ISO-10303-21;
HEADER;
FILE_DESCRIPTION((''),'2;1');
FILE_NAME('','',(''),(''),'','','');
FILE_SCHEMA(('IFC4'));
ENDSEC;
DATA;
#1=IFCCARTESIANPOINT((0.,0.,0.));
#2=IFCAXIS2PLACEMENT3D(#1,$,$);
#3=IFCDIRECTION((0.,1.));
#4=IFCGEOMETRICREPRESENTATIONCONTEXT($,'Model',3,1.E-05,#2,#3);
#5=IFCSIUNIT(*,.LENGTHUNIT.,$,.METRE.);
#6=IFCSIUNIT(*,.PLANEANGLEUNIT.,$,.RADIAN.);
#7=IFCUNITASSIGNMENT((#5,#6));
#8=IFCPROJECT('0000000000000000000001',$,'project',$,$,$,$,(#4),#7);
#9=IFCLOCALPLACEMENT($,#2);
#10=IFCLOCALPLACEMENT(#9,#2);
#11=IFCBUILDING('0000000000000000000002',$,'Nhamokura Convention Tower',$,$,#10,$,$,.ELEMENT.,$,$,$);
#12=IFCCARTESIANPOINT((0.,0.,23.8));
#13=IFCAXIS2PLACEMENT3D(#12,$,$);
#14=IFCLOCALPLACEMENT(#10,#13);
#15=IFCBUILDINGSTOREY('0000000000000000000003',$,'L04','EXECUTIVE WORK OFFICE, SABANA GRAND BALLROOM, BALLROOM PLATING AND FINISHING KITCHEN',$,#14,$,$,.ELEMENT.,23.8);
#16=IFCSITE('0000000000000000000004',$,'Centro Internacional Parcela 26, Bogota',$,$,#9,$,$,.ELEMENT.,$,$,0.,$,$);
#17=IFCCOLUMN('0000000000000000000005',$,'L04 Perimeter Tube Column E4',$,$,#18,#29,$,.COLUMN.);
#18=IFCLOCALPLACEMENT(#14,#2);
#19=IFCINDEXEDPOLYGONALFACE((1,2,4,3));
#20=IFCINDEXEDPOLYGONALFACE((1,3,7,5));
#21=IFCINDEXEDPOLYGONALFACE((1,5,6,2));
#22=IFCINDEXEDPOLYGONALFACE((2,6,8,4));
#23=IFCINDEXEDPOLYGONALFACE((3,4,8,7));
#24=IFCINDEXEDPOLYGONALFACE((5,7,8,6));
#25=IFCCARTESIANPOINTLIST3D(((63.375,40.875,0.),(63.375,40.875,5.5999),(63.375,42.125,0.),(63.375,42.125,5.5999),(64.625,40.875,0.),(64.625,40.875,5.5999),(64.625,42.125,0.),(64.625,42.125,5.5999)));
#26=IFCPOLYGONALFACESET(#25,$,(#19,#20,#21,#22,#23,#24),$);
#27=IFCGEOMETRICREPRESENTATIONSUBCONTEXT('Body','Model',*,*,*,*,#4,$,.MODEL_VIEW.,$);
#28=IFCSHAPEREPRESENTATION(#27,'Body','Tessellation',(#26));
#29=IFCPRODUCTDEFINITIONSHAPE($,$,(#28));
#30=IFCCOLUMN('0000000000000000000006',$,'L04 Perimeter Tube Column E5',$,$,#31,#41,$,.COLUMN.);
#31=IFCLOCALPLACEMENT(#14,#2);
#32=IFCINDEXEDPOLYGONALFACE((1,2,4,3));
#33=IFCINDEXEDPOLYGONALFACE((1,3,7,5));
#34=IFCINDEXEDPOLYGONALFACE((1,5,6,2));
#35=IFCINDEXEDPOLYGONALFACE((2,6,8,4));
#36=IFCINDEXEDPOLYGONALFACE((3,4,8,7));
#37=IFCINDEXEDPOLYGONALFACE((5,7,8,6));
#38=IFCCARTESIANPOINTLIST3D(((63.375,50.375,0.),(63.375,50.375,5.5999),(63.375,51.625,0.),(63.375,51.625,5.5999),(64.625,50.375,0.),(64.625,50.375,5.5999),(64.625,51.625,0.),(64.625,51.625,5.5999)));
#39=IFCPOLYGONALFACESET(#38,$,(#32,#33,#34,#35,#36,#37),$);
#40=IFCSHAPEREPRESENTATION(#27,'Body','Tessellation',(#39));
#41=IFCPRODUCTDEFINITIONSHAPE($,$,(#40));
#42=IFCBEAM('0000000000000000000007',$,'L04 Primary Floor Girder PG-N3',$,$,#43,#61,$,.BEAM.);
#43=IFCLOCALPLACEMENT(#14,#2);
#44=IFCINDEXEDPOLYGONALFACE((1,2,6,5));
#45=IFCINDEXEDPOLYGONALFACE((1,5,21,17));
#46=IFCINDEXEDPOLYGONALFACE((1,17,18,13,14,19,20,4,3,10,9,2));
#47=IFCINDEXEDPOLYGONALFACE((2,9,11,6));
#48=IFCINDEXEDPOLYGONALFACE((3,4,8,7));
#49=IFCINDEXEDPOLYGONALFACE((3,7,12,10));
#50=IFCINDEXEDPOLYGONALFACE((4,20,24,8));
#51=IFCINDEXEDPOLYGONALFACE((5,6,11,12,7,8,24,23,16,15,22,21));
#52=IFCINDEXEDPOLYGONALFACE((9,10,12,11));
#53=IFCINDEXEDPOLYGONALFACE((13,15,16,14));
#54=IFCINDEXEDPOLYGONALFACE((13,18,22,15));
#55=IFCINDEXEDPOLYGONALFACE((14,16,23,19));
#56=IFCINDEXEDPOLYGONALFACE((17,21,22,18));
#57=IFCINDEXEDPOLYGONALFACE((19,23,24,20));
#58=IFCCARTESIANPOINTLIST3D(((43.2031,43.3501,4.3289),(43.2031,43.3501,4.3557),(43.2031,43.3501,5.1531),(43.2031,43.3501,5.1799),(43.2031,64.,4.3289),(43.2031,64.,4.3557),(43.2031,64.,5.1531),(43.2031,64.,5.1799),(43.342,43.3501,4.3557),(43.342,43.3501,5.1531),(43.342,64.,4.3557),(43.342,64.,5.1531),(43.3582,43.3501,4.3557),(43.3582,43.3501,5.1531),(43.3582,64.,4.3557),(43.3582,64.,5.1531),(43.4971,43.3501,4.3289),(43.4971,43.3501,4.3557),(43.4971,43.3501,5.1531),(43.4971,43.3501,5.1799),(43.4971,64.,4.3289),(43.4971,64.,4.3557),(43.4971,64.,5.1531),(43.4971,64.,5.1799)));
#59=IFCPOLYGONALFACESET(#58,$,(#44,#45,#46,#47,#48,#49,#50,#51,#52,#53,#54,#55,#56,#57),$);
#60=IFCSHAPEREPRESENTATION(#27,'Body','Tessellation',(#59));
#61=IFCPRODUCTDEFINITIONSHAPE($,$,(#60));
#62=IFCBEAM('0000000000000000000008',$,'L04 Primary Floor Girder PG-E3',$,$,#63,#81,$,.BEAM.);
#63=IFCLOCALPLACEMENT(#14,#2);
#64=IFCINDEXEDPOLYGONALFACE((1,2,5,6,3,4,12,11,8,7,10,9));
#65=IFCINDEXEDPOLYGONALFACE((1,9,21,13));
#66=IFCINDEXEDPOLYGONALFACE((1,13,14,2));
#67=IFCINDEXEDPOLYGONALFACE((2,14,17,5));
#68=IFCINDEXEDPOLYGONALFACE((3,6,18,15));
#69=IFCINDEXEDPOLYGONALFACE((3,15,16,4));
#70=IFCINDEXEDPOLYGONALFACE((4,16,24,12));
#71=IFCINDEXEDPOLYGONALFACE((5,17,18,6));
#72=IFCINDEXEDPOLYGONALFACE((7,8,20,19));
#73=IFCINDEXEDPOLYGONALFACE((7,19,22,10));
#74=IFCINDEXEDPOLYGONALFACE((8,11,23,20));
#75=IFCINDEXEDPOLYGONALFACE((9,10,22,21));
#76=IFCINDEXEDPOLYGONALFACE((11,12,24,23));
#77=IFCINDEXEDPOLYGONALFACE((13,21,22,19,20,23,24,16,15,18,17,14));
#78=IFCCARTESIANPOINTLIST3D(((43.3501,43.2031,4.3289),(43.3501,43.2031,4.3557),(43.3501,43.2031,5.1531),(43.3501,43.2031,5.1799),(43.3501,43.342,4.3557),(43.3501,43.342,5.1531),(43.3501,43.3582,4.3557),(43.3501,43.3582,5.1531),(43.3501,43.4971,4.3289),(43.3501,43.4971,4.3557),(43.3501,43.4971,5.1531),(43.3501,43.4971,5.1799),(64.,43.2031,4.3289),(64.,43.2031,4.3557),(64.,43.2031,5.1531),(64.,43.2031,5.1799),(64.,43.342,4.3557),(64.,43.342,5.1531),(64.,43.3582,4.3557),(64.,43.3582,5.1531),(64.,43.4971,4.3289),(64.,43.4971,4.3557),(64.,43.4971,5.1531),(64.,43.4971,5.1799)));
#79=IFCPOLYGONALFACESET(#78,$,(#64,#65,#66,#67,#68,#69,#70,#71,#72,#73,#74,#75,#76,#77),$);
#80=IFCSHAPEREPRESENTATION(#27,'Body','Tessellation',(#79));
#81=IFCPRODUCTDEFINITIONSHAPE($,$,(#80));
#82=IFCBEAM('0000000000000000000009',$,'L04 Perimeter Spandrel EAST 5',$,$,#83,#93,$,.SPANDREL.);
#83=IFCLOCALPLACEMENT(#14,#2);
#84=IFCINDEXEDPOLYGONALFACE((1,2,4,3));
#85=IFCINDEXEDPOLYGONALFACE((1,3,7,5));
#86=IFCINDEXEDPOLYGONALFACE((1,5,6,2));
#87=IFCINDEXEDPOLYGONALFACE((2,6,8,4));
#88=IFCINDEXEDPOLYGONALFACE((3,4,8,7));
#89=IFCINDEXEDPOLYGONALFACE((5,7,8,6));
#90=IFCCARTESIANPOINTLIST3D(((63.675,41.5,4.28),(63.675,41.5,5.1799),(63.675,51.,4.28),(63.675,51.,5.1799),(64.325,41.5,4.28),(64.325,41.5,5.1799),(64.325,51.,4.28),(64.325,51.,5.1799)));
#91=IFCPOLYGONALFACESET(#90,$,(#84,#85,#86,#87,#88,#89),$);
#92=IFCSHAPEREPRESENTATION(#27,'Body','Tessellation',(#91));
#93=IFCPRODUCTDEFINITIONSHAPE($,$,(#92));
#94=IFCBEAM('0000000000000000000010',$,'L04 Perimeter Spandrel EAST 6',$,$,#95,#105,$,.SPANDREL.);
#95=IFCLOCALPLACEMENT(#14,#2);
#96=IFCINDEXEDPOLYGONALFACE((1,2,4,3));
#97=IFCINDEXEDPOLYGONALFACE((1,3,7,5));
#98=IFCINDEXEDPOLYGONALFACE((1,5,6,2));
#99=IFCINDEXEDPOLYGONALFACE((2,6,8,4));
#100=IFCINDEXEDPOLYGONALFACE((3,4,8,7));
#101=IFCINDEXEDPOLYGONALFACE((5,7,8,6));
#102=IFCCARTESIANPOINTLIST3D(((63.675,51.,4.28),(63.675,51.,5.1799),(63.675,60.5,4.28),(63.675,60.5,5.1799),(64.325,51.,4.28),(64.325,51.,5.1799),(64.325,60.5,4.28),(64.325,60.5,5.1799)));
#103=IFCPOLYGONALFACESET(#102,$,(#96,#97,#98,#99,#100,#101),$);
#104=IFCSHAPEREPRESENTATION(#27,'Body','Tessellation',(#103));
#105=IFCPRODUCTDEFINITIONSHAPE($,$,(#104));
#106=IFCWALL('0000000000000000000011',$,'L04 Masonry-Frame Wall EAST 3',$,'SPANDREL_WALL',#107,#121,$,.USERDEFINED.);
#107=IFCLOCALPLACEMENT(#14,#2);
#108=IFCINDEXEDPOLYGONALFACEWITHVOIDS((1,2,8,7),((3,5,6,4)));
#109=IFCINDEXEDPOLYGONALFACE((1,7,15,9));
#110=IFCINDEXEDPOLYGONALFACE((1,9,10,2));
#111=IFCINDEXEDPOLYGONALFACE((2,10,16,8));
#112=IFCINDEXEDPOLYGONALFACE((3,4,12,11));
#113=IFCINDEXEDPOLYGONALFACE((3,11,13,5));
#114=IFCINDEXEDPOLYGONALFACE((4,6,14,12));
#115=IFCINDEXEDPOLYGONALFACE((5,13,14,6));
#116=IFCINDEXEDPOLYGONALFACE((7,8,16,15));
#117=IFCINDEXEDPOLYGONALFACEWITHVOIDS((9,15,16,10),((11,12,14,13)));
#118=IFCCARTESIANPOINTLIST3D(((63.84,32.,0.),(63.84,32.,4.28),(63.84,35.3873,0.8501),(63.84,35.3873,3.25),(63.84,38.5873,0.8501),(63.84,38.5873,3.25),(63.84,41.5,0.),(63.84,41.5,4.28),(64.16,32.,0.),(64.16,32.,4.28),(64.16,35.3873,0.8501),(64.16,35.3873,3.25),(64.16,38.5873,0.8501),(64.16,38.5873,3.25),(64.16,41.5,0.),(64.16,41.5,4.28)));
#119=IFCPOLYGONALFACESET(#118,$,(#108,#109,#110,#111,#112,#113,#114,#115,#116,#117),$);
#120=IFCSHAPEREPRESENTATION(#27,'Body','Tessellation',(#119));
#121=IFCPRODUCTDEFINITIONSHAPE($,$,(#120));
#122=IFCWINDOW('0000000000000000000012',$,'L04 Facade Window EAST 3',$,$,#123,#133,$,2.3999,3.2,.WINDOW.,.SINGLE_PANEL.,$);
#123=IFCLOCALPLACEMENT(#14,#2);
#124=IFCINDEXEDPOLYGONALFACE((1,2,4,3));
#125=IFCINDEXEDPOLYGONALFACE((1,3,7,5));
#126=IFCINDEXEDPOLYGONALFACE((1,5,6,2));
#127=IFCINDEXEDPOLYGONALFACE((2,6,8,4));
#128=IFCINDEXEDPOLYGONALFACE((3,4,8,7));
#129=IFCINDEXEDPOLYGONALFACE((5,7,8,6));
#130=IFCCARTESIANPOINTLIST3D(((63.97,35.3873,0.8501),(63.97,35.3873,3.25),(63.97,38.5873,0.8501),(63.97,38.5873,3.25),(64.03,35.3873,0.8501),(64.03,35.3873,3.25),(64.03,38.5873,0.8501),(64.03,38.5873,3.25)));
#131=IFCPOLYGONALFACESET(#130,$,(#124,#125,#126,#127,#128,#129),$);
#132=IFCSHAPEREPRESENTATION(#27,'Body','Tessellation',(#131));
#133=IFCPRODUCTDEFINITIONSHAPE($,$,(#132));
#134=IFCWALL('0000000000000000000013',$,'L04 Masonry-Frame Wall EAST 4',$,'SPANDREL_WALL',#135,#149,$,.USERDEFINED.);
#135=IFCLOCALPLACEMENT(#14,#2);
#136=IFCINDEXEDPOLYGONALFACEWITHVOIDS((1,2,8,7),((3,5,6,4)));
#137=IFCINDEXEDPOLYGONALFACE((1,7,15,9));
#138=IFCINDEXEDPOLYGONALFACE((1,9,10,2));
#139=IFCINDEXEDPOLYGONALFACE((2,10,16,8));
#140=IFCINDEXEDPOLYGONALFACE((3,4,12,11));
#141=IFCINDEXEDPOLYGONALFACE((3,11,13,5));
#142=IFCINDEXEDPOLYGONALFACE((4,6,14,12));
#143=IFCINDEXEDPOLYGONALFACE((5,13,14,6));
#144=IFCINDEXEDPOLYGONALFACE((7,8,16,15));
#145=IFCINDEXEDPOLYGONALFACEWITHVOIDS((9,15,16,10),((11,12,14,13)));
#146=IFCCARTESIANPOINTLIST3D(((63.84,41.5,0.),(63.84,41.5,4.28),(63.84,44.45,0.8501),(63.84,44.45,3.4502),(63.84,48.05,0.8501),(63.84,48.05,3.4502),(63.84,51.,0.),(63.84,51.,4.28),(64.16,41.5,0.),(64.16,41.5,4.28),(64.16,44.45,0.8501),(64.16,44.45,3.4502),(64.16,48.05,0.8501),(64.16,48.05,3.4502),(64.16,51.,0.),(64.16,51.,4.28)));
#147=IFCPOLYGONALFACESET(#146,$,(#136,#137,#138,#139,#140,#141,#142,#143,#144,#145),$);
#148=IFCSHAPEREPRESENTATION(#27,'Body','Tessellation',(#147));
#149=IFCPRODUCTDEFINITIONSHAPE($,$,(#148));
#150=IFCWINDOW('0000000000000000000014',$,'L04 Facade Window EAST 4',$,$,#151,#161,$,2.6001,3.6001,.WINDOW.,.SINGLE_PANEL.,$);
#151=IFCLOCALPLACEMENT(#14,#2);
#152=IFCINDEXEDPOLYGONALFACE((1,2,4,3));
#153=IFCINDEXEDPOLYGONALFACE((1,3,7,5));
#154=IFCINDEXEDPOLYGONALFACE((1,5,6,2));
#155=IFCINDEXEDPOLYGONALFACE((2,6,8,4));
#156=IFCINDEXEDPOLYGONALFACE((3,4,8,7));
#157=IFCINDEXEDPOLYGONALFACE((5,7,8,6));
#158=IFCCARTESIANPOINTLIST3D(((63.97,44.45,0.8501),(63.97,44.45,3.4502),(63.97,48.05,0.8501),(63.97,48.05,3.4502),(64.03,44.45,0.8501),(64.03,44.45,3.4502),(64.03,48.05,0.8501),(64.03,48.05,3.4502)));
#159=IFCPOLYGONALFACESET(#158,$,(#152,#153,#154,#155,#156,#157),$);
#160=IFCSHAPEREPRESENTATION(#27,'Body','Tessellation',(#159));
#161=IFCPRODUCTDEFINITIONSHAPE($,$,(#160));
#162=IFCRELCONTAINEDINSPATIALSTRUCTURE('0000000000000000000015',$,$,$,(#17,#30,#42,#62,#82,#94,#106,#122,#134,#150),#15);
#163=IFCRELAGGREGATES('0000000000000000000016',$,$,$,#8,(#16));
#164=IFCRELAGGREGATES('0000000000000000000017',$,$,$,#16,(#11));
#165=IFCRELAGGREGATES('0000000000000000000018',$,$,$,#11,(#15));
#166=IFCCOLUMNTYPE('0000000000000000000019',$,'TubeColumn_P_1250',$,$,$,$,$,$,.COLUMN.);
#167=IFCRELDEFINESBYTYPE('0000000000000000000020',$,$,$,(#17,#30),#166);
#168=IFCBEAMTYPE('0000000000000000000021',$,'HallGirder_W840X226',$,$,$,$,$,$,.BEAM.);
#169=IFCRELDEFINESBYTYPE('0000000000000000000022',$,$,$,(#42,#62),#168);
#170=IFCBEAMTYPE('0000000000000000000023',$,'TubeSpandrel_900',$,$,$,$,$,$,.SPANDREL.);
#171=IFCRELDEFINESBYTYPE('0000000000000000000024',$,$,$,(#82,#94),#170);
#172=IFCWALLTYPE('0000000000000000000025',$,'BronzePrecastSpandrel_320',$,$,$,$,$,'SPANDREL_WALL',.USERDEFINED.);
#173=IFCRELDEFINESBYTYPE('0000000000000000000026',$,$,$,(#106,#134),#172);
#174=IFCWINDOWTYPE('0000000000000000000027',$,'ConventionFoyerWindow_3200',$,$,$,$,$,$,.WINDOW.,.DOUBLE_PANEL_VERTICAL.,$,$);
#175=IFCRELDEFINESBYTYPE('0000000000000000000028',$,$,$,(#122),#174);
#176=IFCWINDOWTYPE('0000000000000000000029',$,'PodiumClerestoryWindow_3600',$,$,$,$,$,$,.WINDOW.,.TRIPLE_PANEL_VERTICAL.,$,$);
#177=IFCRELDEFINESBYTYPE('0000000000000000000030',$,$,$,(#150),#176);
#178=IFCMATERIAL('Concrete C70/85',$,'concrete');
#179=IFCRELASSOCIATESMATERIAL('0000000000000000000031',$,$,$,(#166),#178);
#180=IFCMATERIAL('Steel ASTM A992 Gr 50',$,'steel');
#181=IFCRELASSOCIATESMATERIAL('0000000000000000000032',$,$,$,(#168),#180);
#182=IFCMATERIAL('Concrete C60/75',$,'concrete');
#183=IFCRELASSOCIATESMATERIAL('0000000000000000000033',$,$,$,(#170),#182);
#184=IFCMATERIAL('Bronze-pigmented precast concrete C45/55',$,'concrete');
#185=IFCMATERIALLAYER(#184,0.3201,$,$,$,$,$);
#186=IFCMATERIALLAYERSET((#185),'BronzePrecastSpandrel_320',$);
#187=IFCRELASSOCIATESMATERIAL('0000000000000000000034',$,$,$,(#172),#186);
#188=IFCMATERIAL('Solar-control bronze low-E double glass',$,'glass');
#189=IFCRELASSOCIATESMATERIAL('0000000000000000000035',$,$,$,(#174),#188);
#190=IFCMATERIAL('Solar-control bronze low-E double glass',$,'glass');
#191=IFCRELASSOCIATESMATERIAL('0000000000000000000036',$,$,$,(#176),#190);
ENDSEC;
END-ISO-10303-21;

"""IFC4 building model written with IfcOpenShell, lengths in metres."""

from ifc_helpers import new_model, si_unit, direction, frame, frame_2d, origin, origin_2d, place, context, subcontext, project, spatial, rectangle, i_section, extrude, material, layer, layer_set, material_profile, profile_set, type_object, element, fill, save


model = new_model("IFC4")

# Units and contexts
model_context = context("Model", 3, precision=1e-05, world=origin(), true_north=direction((0.0, 1.0)))
body_context = subcontext(model_context, "Body", "Model", "MODEL_VIEW")
ifc_project = project(units=[si_unit("LENGTHUNIT", "METRE"), si_unit("PLANEANGLEUNIT", "RADIAN")], contexts=[model_context])

# Site, building, storey
site_placement = place(None, origin())
site = spatial("IfcSite", under=ifc_project, at=site_placement, Name="Centro Internacional Parcela 26, Bogota", CompositionType="ELEMENT", RefElevation=0.0)
building_placement = place(site_placement, origin())
building = spatial("IfcBuilding", under=site, at=building_placement, Name="Nhamokura Convention Tower", CompositionType="ELEMENT")
storey_placement = place(building_placement, frame((0.0, 0.0, 23.8)))
storey = spatial("IfcBuildingStorey", under=building, at=storey_placement, Name="L04", Description="EXECUTIVE WORK OFFICE, SABANA GRAND BALLROOM, BALLROOM PLATING AND FINISHING KITCHEN", CompositionType="ELEMENT", Elevation=23.8)

# Columns
ifc_material_1 = material(Name="Concrete C70/85", Category="concrete")
ifc_material_profile_1 = material_profile(ifc_material_1, rectangle(XDim=1.25, YDim=1.25, at=origin_2d()))
ifc_profile_set_1 = profile_set([ifc_material_profile_1], Name="Concrete C70/85")
column_type = type_object("IfcColumnType", Name="TubeColumn_P_1250", PredefinedType="COLUMN", material=ifc_profile_set_1)
for number, where, z_axis, x_axis, name in (
    (1, (64.0, 41.5, 0.0), (0.0, 0.0, 1.0), (1.0, 0.0, 0.0), "L04 Perimeter Tube Column E4"),
    (2, (64.0, 51.0, 0.0), (0.0, 0.0, 1.0), (1.0, 0.0, 0.0), "L04 Perimeter Tube Column E5"),
):
    element("IfcColumn", number, at=place(storey_placement, frame(where, z_axis=z_axis, x_axis=x_axis)), inside=storey, type_object=column_type, Name=name, PredefinedType="COLUMN", context=body_context, shape_type="SweptSolid", body=[
        extrude(rectangle(XDim=1.25, YDim=1.25, at=origin_2d()), origin(), (0.0, 0.0, 1.0), 5.5999),
    ])

# Beams
ifc_material_2 = material(Name="Steel ASTM A992 Gr 50", Category="steel")
ifc_material_profile_2 = material_profile(ifc_material_2, i_section(OverallWidth=0.2939, OverallDepth=0.8511, WebThickness=0.0161, FlangeThickness=0.0269, at=origin_2d()))
ifc_profile_set_2 = profile_set([ifc_material_profile_2], Name="Steel ASTM A992 Gr 50")
beam_type_1 = type_object("IfcBeamType", Name="HallGirder_W840X226", PredefinedType="BEAM", material=ifc_profile_set_2)
for number, where, z_axis, x_axis, name in (
    (3, (43.3501, 43.3501, 4.7544), (0.0, 1.0, 0.0), (-1.0, 0.0, 0.0), "L04 Primary Floor Girder PG-N3"),
    (4, (43.3501, 43.3501, 4.7544), (1.0, 0.0, 0.0), (0.0, 1.0, 0.0), "L04 Primary Floor Girder PG-E3"),
):
    element("IfcBeam", number, at=place(storey_placement, frame(where, z_axis=z_axis, x_axis=x_axis)), inside=storey, type_object=beam_type_1, Name=name, PredefinedType="BEAM", context=body_context, shape_type="SweptSolid", body=[
        extrude(i_section(OverallWidth=0.2939, OverallDepth=0.8511, WebThickness=0.0161, FlangeThickness=0.0269, at=origin_2d()), origin(), (0.0, 0.0, 1.0), 20.6499),
    ])
ifc_material_3 = material(Name="Concrete C60/75", Category="concrete")
ifc_material_profile_3 = material_profile(ifc_material_3, rectangle(XDim=0.6499, YDim=0.8999, at=origin_2d()))
ifc_profile_set_3 = profile_set([ifc_material_profile_3], Name="Concrete C60/75")
beam_type_2 = type_object("IfcBeamType", Name="TubeSpandrel_900", PredefinedType="SPANDREL", material=ifc_profile_set_3)
for number, where, z_axis, x_axis, name in (
    (5, (64.0, 41.5, 4.73), (0.0, 1.0, 0.0), (-1.0, 0.0, 0.0), "L04 Perimeter Spandrel EAST 5"),
    (6, (64.0, 51.0, 4.73), (0.0, 1.0, 0.0), (-1.0, 0.0, 0.0), "L04 Perimeter Spandrel EAST 6"),
):
    element("IfcBeam", number, at=place(storey_placement, frame(where, z_axis=z_axis, x_axis=x_axis)), inside=storey, type_object=beam_type_2, Name=name, PredefinedType="SPANDREL", context=body_context, shape_type="SweptSolid", body=[
        extrude(rectangle(XDim=0.6499, YDim=0.8999, at=origin_2d()), origin(), (0.0, 0.0, 1.0), 9.5),
    ])

# Walls, openings, windows
ifc_material_4 = material(Name="Bronze-pigmented precast concrete C45/55", Category="concrete")
ifc_layer_1 = layer(ifc_material_4, 0.3201)
ifc_layer_set_1 = layer_set([ifc_layer_1], Name="BronzePrecastSpandrel_320")
wall_type_1 = type_object("IfcWallType", Name="BronzePrecastSpandrel_320", ElementType="SPANDREL_WALL", PredefinedType="USERDEFINED", material=ifc_layer_set_1)
wall_1_placement = place(storey_placement, frame((64.0, 41.5, 0.0), z_axis=(0.0, 0.0, 1.0), x_axis=(0.0, -1.0, 0.0)))
wall_1 = element("IfcWall", 7, at=wall_1_placement, inside=storey, type_object=wall_type_1, Name="L04 Masonry-Frame Wall EAST 3", ObjectType="SPANDREL_WALL", PredefinedType="USERDEFINED", context=body_context, shape_type="SweptSolid", body=[
    extrude(rectangle(XDim=9.5, YDim=0.3201, at=frame_2d((4.75, 0.0))), origin(), (0.0, 0.0, 1.0), 4.28),
])
opening_1_placement = place(wall_1_placement, frame((2.9126, 0.0, 0.8501)))
opening_1 = element("IfcOpeningElement", 8, at=opening_1_placement, cuts=wall_1, PredefinedType="OPENING", context=body_context, shape_type="SweptSolid", body=[
    extrude(rectangle(XDim=3.2, YDim=2.3999, at=frame_2d((1.6001, 1.2))), frame((0.0, 0.1699, 0.0), z_axis=(0.0, -1.0, 0.0), x_axis=(1.0, 0.0, 0.0)), (0.0, 0.0, 1.0), 0.3401),
])
ifc_material_5 = material(Name="Solar-control bronze low-E double glass", Category="glass")
window_type_1 = type_object("IfcWindowType", Name="ConventionFoyerWindow_3200", PartitioningType="DOUBLE_PANEL_VERTICAL", PredefinedType="WINDOW", material=ifc_material_5)
window_1_placement = place(opening_1_placement, origin())
window_1 = element("IfcWindow", 9, at=window_1_placement, inside=storey, type_object=window_type_1, Name="L04 Facade Window EAST 3", OverallHeight=2.3999, OverallWidth=3.2, PartitioningType="SINGLE_PANEL", PredefinedType="WINDOW", context=body_context, shape_type="SweptSolid", body=[
    extrude(rectangle(XDim=3.2, YDim=2.3999, at=frame_2d((1.6001, 1.2))), frame((0.0, 0.03, 0.0), z_axis=(0.0, -1.0, 0.0), x_axis=(1.0, 0.0, 0.0)), (0.0, 0.0, 1.0), 0.0601),
])
fill(opening_1, window_1)
wall_2_placement = place(storey_placement, frame((64.0, 51.0, 0.0), z_axis=(0.0, 0.0, 1.0), x_axis=(0.0, -1.0, 0.0)))
wall_2 = element("IfcWall", 10, at=wall_2_placement, inside=storey, type_object=wall_type_1, Name="L04 Masonry-Frame Wall EAST 4", ObjectType="SPANDREL_WALL", PredefinedType="USERDEFINED", context=body_context, shape_type="SweptSolid", body=[
    extrude(rectangle(XDim=9.5, YDim=0.3201, at=frame_2d((4.75, 0.0))), origin(), (0.0, 0.0, 1.0), 4.28),
])
opening_2_placement = place(wall_2_placement, frame((2.95, 0.0, 0.8501)))
opening_2 = element("IfcOpeningElement", 11, at=opening_2_placement, cuts=wall_2, PredefinedType="OPENING", context=body_context, shape_type="SweptSolid", body=[
    extrude(rectangle(XDim=3.6001, YDim=2.6001, at=frame_2d((1.8, 1.3))), frame((0.0, 0.1699, 0.0), z_axis=(0.0, -1.0, 0.0), x_axis=(1.0, 0.0, 0.0)), (0.0, 0.0, 1.0), 0.3401),
])
ifc_material_6 = material(Name="Solar-control bronze low-E double glass", Category="glass")
window_type_2 = type_object("IfcWindowType", Name="PodiumClerestoryWindow_3600", PartitioningType="TRIPLE_PANEL_VERTICAL", PredefinedType="WINDOW", material=ifc_material_6)
window_2_placement = place(opening_2_placement, origin())
window_2 = element("IfcWindow", 12, at=window_2_placement, inside=storey, type_object=window_type_2, Name="L04 Facade Window EAST 4", OverallHeight=2.6001, OverallWidth=3.6001, PartitioningType="SINGLE_PANEL", PredefinedType="WINDOW", context=body_context, shape_type="SweptSolid", body=[
    extrude(rectangle(XDim=3.6001, YDim=2.6001, at=frame_2d((1.8, 1.3))), frame((0.0, 0.03, 0.0), z_axis=(0.0, -1.0, 0.0), x_axis=(1.0, 0.0, 0.0)), (0.0, 0.0, 1.0), 0.0601),
])
fill(opening_2, window_2)

save(model, "model.ifc")
